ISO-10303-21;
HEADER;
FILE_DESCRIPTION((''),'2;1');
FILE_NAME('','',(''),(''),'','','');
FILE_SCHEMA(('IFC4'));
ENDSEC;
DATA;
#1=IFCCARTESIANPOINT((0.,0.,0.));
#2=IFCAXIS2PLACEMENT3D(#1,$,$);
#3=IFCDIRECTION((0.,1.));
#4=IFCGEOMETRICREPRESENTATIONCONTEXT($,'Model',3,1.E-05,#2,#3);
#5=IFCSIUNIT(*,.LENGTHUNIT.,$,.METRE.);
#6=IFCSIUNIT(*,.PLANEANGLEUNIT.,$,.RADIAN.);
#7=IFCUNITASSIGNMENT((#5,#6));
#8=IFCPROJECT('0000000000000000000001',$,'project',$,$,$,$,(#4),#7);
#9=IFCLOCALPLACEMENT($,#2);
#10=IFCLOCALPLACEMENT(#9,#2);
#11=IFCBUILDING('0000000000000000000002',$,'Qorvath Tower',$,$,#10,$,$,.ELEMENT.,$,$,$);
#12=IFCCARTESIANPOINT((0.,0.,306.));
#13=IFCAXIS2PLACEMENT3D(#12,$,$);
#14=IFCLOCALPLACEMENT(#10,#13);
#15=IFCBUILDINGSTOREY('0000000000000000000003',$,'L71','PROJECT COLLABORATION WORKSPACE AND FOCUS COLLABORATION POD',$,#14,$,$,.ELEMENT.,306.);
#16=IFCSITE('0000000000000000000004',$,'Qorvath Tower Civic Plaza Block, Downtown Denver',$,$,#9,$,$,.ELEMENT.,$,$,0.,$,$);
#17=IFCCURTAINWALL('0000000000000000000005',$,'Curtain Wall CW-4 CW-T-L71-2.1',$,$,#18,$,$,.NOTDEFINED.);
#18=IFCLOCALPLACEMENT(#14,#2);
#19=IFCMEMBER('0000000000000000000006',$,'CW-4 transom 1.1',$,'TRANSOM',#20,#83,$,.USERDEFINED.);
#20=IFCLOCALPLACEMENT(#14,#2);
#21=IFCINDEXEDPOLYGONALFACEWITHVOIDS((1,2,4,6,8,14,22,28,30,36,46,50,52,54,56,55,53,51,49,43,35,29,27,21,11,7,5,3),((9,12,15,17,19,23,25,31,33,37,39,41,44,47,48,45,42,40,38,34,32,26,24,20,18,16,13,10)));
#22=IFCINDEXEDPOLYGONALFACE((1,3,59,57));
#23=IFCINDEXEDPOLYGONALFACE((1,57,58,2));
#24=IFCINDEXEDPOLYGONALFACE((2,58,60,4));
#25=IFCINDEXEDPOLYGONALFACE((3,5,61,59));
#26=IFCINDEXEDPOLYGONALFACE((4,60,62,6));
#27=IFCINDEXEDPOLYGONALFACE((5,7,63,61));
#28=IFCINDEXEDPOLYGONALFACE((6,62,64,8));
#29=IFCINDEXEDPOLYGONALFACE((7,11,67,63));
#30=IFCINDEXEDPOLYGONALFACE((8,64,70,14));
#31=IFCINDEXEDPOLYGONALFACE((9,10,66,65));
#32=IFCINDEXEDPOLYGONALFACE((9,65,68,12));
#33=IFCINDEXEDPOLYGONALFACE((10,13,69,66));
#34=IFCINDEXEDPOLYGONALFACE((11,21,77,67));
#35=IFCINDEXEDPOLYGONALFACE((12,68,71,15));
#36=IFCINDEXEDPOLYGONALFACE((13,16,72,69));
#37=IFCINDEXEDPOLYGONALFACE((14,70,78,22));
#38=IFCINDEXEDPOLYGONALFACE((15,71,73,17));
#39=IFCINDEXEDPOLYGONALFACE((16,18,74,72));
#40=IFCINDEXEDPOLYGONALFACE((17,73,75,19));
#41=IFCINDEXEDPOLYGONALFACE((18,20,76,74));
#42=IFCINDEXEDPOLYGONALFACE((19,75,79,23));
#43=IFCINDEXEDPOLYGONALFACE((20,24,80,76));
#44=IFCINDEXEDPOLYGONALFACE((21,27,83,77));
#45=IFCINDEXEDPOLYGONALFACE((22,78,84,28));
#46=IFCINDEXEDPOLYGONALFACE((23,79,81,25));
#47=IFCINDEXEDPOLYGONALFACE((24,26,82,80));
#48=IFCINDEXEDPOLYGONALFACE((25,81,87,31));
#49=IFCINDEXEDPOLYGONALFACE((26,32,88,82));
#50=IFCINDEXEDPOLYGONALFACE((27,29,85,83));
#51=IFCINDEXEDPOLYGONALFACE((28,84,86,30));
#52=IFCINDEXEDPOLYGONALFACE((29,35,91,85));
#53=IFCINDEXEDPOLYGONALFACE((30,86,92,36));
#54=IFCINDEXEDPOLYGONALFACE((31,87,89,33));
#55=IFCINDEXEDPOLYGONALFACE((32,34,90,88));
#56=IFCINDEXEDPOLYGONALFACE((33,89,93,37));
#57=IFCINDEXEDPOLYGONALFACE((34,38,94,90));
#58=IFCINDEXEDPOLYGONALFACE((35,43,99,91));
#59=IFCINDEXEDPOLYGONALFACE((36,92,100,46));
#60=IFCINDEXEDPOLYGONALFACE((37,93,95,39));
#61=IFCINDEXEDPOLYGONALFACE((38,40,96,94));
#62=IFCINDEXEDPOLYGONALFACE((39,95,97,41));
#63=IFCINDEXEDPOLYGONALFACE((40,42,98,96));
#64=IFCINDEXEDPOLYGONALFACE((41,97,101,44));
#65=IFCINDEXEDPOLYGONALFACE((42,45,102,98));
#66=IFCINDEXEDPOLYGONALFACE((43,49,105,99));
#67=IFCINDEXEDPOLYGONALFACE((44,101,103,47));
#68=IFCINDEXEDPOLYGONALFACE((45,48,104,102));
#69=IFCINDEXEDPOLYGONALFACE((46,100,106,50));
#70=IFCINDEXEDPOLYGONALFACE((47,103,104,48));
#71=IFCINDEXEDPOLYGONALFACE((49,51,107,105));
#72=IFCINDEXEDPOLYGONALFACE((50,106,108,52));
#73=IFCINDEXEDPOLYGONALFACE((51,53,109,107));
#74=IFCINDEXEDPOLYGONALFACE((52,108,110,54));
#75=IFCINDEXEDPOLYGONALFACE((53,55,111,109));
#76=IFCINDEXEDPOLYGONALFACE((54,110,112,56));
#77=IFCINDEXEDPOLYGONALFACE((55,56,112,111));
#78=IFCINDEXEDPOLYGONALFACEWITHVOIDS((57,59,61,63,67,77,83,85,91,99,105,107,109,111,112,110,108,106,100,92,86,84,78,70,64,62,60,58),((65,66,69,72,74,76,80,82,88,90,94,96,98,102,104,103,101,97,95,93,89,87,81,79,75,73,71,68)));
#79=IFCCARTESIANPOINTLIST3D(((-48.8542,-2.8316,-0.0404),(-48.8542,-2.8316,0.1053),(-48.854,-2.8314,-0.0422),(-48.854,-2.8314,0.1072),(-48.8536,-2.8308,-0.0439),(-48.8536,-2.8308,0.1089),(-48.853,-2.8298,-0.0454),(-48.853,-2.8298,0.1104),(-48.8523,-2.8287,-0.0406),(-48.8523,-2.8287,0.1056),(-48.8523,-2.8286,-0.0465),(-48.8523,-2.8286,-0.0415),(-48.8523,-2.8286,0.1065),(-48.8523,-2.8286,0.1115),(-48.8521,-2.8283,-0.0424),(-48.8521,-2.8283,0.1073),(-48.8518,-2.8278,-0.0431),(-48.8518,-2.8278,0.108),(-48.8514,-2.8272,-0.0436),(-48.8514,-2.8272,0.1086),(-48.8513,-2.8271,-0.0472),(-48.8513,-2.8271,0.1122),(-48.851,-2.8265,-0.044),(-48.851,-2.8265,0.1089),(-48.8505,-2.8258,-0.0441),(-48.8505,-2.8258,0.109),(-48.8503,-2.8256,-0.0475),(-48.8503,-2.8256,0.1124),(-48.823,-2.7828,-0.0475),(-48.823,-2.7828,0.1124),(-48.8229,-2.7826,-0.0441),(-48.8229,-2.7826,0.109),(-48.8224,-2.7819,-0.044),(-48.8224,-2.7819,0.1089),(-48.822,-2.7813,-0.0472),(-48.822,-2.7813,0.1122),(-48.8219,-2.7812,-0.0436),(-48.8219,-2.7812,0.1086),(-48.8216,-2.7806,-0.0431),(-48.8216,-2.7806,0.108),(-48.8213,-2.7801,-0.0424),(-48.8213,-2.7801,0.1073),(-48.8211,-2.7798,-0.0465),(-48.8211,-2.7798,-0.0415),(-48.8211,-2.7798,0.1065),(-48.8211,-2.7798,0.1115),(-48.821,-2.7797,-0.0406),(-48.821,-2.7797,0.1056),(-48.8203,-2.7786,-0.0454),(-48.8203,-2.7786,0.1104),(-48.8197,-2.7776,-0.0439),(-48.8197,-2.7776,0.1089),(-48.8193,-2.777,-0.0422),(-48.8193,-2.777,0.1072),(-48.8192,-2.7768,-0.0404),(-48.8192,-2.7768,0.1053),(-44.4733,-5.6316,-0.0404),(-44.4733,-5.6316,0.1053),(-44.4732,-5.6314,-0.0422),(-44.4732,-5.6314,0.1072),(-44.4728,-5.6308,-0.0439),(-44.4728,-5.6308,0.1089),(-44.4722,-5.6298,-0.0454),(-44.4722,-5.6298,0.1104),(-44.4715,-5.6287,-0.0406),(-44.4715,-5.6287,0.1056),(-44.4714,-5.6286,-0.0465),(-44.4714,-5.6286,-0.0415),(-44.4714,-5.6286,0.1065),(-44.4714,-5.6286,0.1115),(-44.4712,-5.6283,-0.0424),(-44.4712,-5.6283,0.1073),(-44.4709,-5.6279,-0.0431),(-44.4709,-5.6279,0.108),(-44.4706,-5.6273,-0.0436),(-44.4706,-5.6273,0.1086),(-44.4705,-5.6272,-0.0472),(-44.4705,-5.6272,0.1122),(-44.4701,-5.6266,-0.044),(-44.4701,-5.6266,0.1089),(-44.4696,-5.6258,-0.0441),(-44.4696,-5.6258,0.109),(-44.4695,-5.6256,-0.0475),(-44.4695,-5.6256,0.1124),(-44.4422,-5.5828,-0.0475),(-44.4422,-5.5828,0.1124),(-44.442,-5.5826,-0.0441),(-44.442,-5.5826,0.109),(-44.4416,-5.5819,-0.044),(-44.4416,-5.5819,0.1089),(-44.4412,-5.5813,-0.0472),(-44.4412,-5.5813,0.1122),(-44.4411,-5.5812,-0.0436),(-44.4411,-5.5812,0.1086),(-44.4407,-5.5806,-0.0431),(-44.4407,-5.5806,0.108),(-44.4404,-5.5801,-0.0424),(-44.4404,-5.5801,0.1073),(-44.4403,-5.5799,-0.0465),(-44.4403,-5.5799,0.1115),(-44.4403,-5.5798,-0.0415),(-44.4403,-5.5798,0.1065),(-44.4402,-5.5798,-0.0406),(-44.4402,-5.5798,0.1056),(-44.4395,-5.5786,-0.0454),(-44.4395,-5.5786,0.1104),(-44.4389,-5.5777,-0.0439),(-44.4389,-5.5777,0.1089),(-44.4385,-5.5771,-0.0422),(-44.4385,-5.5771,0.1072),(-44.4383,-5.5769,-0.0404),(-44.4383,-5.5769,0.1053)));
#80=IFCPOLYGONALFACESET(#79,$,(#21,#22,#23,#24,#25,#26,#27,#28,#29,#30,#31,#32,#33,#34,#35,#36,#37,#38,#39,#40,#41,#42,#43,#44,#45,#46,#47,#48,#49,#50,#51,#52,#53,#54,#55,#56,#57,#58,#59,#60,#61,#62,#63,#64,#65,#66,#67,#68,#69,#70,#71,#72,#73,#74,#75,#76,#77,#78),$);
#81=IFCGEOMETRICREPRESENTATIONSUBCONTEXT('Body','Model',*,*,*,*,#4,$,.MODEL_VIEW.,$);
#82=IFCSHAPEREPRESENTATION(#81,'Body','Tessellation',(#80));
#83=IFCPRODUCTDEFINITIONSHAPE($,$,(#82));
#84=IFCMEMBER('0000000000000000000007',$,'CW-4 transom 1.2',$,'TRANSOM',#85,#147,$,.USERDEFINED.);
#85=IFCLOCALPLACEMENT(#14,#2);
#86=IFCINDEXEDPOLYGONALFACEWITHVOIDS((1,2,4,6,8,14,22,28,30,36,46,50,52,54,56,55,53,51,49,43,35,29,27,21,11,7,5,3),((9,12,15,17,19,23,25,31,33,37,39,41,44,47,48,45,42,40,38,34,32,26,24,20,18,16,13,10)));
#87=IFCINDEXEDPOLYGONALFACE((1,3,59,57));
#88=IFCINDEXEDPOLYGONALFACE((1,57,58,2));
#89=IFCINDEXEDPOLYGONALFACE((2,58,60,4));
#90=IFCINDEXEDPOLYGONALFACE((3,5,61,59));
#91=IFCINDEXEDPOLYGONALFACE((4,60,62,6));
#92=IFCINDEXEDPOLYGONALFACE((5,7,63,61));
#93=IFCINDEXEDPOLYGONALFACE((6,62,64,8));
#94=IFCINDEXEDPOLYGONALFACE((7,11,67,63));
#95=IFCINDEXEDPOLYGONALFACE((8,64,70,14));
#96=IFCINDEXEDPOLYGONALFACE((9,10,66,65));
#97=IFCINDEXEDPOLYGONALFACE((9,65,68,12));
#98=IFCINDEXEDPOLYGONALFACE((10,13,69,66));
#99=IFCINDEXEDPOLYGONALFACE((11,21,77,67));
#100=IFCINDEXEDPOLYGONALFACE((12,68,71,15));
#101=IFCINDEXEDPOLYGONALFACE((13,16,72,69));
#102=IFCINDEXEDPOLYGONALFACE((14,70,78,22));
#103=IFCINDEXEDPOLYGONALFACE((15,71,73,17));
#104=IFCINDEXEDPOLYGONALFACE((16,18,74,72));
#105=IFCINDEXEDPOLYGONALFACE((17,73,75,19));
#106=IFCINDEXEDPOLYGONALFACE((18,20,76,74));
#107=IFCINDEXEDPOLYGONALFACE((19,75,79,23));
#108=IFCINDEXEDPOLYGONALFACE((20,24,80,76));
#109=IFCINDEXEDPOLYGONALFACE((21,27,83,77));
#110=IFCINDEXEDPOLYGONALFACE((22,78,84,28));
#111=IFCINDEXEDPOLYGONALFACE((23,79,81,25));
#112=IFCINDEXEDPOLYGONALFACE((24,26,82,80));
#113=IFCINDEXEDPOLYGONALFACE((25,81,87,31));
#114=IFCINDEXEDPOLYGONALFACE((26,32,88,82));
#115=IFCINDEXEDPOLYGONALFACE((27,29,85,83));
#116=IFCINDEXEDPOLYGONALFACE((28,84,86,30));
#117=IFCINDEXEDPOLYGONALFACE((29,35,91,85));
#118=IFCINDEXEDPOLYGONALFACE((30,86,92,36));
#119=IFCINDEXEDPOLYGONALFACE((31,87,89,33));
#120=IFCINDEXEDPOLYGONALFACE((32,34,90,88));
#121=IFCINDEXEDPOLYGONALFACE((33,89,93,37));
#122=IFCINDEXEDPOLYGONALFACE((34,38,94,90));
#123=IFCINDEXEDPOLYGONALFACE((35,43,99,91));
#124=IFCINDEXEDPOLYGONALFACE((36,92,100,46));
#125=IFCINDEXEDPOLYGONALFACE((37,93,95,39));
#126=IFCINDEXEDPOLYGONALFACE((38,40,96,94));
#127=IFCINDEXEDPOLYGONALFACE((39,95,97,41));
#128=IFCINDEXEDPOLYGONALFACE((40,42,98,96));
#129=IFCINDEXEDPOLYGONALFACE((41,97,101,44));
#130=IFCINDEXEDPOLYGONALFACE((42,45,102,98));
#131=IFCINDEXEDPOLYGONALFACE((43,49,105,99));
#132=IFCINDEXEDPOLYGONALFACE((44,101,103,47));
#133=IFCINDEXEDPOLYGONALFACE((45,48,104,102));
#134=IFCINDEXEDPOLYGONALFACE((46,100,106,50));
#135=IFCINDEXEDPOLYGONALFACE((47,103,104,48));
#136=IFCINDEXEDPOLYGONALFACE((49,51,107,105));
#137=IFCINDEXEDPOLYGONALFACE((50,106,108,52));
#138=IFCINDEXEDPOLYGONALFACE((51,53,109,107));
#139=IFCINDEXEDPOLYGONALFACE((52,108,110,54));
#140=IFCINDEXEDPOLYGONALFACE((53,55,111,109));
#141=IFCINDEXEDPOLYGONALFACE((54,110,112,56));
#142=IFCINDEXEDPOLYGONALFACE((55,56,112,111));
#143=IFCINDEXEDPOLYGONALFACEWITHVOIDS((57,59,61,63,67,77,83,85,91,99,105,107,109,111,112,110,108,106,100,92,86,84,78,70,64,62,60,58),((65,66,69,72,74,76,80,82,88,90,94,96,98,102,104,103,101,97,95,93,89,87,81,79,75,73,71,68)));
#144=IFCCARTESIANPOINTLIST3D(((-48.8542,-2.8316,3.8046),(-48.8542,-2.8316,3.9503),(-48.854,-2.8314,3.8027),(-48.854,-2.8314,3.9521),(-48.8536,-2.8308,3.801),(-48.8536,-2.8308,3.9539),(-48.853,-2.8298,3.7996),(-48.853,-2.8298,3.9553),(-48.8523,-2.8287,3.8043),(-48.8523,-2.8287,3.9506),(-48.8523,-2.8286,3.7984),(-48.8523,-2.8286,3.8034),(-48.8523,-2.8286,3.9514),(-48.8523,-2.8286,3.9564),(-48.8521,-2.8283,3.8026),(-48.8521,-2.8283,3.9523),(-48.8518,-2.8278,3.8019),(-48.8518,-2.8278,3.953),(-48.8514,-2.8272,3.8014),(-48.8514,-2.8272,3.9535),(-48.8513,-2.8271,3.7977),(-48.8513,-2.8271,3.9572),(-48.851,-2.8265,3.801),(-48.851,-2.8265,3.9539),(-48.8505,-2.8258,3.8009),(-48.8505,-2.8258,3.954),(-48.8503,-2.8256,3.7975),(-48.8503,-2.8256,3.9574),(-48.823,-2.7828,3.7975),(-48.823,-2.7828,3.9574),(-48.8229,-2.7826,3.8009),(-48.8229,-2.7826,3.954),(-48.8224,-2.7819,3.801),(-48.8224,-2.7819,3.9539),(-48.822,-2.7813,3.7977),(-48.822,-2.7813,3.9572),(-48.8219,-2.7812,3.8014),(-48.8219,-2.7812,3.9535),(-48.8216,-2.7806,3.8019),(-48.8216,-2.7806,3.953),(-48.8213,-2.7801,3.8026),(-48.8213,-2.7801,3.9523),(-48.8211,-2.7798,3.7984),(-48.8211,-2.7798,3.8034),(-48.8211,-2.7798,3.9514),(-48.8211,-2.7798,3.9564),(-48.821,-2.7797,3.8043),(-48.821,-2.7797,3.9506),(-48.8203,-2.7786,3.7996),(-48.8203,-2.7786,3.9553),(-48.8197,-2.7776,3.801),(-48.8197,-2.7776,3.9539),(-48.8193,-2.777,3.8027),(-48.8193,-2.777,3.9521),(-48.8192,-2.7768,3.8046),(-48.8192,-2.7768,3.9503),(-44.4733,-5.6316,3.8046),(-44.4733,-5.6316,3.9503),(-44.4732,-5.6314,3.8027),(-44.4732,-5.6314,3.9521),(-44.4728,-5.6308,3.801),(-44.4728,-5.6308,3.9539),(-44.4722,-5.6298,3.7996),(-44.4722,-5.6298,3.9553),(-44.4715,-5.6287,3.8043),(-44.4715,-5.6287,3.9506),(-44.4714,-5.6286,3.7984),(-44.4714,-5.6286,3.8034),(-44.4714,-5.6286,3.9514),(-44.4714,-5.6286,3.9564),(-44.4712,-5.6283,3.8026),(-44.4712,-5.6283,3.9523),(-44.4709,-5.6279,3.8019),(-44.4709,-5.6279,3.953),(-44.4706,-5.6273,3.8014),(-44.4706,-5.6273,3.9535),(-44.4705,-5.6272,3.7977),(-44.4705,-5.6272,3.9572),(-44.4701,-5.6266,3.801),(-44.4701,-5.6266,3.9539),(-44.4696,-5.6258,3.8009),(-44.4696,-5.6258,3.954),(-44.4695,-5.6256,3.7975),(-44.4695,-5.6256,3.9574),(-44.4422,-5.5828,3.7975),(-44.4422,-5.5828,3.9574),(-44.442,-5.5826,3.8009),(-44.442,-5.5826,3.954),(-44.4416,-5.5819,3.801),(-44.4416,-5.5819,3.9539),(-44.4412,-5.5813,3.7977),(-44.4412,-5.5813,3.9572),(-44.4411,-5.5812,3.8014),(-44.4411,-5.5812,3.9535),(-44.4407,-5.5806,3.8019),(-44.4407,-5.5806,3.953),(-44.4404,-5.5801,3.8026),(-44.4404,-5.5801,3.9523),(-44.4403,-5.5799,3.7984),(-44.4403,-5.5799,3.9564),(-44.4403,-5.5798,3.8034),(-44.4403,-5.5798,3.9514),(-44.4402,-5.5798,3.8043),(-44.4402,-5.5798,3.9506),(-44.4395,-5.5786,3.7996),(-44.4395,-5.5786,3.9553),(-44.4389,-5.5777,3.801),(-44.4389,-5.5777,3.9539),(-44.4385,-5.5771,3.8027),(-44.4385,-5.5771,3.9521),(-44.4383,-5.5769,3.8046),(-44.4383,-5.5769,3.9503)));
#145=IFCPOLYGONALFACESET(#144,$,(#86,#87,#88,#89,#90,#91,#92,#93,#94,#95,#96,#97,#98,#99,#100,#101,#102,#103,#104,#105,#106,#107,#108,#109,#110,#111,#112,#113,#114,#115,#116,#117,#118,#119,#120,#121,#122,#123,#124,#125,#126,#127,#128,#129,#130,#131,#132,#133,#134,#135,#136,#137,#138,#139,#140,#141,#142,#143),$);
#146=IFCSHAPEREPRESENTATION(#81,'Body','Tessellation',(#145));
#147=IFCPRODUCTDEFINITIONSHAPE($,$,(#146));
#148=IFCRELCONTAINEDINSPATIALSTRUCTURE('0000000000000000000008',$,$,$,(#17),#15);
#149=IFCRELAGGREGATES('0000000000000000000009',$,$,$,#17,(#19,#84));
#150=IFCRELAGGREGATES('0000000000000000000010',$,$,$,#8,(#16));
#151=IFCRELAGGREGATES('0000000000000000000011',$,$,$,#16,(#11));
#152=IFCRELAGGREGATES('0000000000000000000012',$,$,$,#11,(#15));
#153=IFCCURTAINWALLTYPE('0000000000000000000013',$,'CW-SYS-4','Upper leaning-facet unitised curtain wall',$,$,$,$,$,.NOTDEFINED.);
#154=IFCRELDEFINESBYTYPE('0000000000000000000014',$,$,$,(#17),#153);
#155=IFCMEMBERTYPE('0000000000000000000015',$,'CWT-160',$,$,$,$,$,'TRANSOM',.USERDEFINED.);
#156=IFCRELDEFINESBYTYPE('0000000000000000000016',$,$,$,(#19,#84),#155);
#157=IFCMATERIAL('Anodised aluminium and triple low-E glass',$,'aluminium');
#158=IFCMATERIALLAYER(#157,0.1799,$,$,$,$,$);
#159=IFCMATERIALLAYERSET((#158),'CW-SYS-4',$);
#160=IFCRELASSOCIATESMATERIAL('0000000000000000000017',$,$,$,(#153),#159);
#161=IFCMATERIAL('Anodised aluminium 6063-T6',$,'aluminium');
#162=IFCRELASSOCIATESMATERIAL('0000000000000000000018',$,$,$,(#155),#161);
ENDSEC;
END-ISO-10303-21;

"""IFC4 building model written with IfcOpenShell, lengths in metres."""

from ifc_helpers import new_model, si_unit, direction, frame, origin, origin_2d, place, context, subcontext, project, spatial, hollow_rectangle, extrude, material, layer, layer_set, material_profile, profile_set, type_object, element, aggregate, save


model = new_model("IFC4")

# Units and contexts
model_context = context("Model", 3, precision=1e-05, world=origin(), true_north=direction((0.0, 1.0)))
body_context = subcontext(model_context, "Body", "Model", "MODEL_VIEW")
ifc_project = project(units=[si_unit("LENGTHUNIT", "METRE"), si_unit("PLANEANGLEUNIT", "RADIAN")], contexts=[model_context])

# Site, building, storey
site_placement = place(None, origin())
site = spatial("IfcSite", under=ifc_project, at=site_placement, Name="Qorvath Tower Civic Plaza Block, Downtown Denver", CompositionType="ELEMENT", RefElevation=0.0)
building_placement = place(site_placement, origin())
building = spatial("IfcBuilding", under=site, at=building_placement, Name="Qorvath Tower", CompositionType="ELEMENT")
storey_placement = place(building_placement, frame((0.0, 0.0, 306.0)))
storey = spatial("IfcBuildingStorey", under=building, at=storey_placement, Name="L71", Description="PROJECT COLLABORATION WORKSPACE AND FOCUS COLLABORATION POD", CompositionType="ELEMENT", Elevation=306.0)

# Curtain wall, members
ifc_material_1 = material(Name="Anodised aluminium and triple low-E glass", Category="aluminium")
ifc_layer_1 = layer(ifc_material_1, 0.1799)
ifc_layer_set_1 = layer_set([ifc_layer_1], Name="CW-SYS-4")
curtain_wall_type = type_object("IfcCurtainWallType", Name="CW-SYS-4", Description="Upper leaning-facet unitised curtain wall", PredefinedType="NOTDEFINED", material=ifc_layer_set_1)
curtain_wall_placement = place(storey_placement, origin())
curtain_wall = element("IfcCurtainWall", 1, at=curtain_wall_placement, inside=storey, type_object=curtain_wall_type, Name="Curtain Wall CW-4 CW-T-L71-2.1", PredefinedType="NOTDEFINED")
ifc_material_2 = material(Name="Anodised aluminium 6063-T6", Category="aluminium")
ifc_material_profile_1 = material_profile(ifc_material_2, hollow_rectangle(XDim=0.0649, YDim=0.1599, WallThickness=0.0034, InnerFilletRadius=0.0034, OuterFilletRadius=0.0071, at=origin_2d()), Name="CWT 160x65")
ifc_profile_set_1 = profile_set([ifc_material_profile_1], Name="Anodised aluminium 6063-T6")
member_type_1 = type_object("IfcMemberType", Name="CWT-160", ElementType="TRANSOM", PredefinedType="USERDEFINED", material=ifc_profile_set_1)
member_1_placement = place(storey_placement, frame((-48.8367, -2.8042, 0.0325), z_axis=(0.842594, -0.538549, 0.0), x_axis=(0.538549, 0.842594, 0.0)))
member_1 = element("IfcMember", 2, at=member_1_placement, type_object=member_type_1, Name="CW-4 transom 1.1", ObjectType="TRANSOM", PredefinedType="USERDEFINED", context=body_context, shape_type="SweptSolid", body=[
    extrude(hollow_rectangle(XDim=0.0649, YDim=0.1599, WallThickness=0.0034, InnerFilletRadius=0.0034, OuterFilletRadius=0.0071, at=origin_2d()), origin(), (0.0, 0.0, 1.0), 5.1992),
])
member_2_placement = place(storey_placement, frame((-48.8367, -2.8042, 3.8774), z_axis=(0.842594, -0.538549, 0.0), x_axis=(0.538549, 0.842594, 0.0)))
member_2 = element("IfcMember", 3, at=member_2_placement, type_object=member_type_1, Name="CW-4 transom 1.2", ObjectType="TRANSOM", PredefinedType="USERDEFINED", context=body_context, shape_type="SweptSolid", body=[
    extrude(hollow_rectangle(XDim=0.0649, YDim=0.1599, WallThickness=0.0034, InnerFilletRadius=0.0034, OuterFilletRadius=0.0071, at=origin_2d()), origin(), (0.0, 0.0, 1.0), 5.1992),
])
aggregate(curtain_wall, [member_1, member_2])

save(model, "model.ifc")
